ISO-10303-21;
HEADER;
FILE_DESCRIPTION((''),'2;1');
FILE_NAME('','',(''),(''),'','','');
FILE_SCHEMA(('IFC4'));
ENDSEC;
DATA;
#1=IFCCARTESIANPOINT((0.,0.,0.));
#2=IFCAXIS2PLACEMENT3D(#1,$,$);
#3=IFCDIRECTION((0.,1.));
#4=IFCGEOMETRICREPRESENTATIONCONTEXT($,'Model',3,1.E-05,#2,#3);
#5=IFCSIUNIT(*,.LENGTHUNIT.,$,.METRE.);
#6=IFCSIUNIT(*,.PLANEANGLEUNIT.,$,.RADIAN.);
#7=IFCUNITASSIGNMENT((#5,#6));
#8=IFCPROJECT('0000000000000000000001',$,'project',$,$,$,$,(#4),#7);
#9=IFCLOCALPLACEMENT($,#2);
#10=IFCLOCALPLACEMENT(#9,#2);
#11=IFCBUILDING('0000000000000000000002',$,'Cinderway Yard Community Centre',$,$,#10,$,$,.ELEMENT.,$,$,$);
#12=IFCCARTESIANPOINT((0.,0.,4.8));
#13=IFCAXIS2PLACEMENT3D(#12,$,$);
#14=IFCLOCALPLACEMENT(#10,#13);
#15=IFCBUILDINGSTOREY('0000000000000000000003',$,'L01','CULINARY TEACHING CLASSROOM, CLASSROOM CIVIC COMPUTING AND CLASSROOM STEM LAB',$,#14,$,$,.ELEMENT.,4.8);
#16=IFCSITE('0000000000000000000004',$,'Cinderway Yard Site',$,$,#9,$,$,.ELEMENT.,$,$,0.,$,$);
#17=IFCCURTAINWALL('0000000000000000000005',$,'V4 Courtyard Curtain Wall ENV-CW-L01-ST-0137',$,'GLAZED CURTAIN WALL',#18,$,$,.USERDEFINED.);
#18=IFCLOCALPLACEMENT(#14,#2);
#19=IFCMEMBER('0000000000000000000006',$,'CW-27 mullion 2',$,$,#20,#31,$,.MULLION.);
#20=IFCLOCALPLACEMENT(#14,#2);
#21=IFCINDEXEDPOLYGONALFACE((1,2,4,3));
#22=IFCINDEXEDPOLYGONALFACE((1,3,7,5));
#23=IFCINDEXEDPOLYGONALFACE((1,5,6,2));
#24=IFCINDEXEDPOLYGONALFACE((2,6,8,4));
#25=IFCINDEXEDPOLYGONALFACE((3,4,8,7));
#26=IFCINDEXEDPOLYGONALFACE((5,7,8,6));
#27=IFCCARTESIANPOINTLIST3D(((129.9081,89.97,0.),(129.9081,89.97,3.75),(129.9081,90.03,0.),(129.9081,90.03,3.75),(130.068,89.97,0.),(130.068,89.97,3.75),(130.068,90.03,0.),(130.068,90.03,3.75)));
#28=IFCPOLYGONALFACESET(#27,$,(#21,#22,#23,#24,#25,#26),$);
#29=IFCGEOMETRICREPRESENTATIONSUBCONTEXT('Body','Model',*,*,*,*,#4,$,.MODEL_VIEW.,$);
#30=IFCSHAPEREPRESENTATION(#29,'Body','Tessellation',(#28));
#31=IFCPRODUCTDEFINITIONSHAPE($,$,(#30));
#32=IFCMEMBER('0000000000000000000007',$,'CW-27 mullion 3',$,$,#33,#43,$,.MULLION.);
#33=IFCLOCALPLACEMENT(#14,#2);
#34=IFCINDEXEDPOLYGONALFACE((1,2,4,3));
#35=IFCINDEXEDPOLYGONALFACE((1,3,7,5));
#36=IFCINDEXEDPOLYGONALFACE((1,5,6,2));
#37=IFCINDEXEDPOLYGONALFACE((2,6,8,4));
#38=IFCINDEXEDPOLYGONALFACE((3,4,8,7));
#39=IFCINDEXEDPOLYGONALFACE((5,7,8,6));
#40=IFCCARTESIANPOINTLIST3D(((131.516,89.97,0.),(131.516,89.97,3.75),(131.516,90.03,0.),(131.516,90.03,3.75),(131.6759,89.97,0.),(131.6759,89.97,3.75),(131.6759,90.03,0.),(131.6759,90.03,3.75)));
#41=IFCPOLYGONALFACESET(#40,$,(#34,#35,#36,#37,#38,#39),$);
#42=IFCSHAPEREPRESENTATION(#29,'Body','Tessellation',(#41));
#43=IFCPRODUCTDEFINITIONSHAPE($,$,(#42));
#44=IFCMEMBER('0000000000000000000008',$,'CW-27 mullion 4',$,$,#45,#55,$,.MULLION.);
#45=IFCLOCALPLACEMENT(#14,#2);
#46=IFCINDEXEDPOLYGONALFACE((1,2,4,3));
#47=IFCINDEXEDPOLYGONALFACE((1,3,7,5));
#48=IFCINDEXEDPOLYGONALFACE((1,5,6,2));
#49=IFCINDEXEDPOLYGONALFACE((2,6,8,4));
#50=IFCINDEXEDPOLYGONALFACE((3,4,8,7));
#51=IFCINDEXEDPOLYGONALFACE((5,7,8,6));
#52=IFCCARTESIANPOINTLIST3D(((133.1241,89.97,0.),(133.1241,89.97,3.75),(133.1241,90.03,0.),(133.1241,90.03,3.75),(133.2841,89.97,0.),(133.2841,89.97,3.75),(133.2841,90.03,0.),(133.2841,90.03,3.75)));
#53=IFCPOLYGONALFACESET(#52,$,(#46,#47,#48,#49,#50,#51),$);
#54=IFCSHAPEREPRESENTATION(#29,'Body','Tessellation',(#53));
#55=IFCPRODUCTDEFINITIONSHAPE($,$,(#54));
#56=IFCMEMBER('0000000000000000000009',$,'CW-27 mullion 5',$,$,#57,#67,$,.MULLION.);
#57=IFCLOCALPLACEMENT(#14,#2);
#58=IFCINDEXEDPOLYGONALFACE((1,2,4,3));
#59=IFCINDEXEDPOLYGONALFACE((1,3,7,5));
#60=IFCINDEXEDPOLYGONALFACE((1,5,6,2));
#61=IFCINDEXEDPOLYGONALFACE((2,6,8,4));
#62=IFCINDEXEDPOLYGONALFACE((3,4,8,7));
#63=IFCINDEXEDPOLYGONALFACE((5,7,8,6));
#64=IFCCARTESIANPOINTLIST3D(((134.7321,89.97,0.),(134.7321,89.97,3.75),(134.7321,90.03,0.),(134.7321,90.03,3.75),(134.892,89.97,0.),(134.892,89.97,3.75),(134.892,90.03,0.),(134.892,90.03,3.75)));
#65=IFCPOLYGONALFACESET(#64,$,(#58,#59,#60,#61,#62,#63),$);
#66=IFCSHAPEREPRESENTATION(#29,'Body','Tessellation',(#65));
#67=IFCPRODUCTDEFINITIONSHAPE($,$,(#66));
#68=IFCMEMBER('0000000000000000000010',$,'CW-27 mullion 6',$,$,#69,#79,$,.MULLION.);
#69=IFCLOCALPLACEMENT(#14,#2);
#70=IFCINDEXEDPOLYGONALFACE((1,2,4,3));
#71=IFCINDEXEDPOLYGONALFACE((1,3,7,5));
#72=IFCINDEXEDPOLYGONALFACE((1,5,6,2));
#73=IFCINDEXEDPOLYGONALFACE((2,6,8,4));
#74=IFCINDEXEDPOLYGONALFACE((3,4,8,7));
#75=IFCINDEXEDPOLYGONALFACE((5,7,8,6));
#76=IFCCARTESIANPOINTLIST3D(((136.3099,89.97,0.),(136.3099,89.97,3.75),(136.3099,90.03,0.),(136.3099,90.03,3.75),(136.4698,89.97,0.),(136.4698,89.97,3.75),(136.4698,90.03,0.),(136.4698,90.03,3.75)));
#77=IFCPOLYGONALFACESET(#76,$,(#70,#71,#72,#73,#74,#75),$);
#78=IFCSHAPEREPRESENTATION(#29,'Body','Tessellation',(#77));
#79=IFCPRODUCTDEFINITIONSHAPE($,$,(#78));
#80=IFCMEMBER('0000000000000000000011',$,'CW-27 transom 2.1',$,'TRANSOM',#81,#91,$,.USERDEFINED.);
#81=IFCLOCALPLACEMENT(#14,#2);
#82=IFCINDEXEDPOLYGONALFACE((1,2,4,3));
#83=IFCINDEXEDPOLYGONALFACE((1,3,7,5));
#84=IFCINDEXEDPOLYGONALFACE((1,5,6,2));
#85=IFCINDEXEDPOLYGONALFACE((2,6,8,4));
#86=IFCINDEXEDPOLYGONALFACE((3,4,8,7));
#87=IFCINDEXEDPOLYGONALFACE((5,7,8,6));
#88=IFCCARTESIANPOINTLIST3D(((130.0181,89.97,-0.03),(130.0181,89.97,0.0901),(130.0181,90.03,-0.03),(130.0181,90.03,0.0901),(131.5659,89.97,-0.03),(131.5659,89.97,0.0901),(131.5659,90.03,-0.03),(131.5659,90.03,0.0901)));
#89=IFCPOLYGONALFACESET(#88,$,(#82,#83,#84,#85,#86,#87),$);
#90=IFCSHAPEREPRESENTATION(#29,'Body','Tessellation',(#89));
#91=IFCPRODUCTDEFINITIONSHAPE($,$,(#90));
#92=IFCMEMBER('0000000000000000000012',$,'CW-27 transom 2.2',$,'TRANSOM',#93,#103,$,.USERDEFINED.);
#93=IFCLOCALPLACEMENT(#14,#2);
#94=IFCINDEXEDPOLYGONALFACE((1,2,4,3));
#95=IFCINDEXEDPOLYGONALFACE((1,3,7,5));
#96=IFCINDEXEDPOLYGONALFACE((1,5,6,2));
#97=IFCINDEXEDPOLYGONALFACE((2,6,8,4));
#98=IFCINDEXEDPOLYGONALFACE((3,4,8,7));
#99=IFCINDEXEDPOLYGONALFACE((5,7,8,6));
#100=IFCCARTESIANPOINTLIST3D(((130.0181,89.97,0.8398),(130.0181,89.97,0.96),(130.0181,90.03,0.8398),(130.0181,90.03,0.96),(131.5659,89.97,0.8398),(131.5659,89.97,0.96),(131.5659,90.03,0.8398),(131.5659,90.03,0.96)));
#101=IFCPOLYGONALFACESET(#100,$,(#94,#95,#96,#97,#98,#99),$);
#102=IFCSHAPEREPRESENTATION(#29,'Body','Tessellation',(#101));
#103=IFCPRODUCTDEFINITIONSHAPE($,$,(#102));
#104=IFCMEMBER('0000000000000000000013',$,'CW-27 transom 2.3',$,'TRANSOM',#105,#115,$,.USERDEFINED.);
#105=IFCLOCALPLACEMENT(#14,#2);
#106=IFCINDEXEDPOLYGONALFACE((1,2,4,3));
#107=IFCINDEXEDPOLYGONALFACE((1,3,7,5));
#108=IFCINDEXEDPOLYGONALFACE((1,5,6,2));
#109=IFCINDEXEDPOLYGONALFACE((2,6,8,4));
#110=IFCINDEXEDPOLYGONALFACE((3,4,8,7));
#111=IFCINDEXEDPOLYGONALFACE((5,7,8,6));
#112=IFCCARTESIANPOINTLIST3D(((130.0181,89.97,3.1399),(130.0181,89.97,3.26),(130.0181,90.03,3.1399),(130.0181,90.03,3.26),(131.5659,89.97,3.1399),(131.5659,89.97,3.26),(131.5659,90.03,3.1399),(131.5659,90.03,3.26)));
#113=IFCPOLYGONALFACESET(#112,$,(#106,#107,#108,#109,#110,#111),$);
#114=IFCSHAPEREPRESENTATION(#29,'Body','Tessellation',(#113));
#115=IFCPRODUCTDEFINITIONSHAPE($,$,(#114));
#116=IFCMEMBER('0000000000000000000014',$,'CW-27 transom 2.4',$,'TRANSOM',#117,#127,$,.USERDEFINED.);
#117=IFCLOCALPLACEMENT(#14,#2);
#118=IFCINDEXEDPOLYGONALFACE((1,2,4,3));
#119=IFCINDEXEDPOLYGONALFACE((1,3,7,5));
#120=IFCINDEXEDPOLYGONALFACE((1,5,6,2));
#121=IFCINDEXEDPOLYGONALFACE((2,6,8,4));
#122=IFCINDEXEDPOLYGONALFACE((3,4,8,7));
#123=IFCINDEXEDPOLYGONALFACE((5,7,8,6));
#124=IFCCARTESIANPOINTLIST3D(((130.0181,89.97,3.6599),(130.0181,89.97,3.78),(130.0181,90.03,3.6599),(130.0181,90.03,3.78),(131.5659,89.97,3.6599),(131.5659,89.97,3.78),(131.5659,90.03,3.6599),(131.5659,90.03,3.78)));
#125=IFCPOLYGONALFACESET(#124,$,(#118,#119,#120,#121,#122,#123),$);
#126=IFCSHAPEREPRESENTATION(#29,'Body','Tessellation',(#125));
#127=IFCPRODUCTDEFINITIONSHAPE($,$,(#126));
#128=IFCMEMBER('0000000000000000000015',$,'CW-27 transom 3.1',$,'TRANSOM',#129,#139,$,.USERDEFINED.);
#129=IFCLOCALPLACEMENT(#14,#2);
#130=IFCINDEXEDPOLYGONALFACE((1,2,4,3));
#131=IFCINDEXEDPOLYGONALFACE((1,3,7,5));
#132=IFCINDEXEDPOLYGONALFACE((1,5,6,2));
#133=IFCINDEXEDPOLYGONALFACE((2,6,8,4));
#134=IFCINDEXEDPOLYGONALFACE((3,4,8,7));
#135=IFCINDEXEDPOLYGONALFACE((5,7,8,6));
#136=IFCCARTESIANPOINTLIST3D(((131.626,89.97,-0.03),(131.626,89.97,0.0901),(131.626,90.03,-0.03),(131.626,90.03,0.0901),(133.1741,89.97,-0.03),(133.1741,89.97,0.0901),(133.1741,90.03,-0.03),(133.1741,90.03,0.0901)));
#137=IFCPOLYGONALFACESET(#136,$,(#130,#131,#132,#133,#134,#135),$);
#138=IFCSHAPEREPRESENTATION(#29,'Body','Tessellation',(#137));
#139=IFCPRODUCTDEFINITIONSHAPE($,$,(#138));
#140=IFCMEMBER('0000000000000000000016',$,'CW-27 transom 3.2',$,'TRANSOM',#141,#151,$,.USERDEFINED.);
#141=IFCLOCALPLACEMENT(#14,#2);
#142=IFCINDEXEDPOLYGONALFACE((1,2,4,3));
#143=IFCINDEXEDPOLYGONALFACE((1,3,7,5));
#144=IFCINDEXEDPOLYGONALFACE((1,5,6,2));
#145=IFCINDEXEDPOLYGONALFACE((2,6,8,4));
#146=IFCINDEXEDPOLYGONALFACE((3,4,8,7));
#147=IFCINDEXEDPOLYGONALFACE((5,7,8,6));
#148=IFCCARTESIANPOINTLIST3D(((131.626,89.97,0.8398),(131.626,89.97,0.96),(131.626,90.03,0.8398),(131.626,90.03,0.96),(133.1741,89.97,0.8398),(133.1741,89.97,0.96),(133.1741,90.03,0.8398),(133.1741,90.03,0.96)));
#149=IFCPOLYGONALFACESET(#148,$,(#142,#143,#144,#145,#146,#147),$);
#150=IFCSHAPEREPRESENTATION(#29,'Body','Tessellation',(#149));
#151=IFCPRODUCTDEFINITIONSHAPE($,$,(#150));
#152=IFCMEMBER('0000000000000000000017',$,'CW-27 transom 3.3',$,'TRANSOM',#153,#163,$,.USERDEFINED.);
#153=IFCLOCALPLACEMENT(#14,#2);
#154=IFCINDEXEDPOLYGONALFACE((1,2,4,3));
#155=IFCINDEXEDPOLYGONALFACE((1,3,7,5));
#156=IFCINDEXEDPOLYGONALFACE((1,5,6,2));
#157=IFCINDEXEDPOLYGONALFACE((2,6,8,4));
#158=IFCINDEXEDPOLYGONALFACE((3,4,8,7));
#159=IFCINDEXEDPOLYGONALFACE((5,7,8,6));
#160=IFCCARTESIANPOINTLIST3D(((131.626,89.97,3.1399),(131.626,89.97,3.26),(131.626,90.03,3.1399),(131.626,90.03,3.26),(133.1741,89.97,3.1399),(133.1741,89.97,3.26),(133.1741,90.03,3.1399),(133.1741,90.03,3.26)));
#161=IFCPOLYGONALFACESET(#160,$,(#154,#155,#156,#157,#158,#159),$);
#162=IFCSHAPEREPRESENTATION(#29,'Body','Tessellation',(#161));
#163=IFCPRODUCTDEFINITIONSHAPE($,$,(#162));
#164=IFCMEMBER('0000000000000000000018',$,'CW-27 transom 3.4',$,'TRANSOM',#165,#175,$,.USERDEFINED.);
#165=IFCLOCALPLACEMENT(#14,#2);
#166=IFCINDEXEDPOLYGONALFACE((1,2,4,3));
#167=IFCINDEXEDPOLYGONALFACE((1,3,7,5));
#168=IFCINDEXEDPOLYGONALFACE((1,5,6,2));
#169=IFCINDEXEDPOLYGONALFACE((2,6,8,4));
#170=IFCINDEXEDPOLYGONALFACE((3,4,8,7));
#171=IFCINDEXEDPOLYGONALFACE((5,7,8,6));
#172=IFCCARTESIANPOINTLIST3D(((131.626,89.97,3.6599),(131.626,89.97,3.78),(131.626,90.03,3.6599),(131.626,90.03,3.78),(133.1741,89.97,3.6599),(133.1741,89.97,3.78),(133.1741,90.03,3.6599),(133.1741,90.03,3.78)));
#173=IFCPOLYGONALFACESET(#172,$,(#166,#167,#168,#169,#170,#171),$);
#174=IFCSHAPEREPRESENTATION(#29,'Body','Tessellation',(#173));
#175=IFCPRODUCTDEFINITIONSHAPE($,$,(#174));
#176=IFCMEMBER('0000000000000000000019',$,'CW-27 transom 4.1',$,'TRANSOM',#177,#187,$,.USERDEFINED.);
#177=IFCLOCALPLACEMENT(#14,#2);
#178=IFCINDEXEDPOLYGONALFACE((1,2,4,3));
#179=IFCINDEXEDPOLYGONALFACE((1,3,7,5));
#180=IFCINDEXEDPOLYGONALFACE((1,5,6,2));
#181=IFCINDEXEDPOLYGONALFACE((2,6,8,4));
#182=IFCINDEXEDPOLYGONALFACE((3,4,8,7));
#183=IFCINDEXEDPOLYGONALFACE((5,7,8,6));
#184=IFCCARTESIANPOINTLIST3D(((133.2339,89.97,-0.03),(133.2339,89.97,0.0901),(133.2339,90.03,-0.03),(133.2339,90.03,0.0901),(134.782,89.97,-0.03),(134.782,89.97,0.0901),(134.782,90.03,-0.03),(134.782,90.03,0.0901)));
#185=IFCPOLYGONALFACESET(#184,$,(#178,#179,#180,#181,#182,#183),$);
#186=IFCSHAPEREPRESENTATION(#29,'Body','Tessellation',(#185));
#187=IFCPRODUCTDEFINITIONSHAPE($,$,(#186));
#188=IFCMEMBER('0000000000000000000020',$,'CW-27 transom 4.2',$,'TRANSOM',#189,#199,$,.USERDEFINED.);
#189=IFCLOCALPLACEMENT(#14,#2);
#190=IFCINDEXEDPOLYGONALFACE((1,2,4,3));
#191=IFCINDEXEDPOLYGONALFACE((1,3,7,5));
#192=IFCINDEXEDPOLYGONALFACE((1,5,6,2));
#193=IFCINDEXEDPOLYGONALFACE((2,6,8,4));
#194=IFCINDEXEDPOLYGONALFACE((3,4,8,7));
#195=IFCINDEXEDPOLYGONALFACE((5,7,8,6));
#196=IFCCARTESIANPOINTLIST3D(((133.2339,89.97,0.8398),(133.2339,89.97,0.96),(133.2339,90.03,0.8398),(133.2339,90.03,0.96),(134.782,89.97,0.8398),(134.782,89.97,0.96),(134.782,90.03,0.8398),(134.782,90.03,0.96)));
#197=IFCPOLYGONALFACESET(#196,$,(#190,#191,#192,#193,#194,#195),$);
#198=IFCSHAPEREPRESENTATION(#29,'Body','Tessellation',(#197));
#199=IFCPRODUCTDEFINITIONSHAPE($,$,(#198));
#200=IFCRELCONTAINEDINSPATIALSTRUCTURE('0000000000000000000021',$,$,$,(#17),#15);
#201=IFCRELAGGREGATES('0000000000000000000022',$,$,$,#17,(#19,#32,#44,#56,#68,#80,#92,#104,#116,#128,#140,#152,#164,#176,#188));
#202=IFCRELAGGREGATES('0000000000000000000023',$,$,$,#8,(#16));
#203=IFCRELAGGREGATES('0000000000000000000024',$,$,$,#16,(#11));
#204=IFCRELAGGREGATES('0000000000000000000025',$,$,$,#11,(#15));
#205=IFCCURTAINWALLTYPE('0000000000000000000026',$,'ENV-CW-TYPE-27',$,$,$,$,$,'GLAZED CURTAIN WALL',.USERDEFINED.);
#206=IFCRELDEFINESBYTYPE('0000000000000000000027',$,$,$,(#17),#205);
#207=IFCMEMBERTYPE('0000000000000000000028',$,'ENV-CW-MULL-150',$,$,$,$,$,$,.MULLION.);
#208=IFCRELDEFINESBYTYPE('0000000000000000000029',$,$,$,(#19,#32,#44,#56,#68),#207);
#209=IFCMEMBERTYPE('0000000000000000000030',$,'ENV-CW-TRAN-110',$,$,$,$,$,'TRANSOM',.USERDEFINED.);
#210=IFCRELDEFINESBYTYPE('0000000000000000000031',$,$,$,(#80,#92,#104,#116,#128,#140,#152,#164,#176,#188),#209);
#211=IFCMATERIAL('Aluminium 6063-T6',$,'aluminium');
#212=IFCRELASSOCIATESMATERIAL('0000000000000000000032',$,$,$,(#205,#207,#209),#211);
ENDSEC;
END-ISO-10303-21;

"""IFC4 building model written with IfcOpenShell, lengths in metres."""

from ifc_helpers import new_model, si_unit, direction, frame, origin, origin_2d, place, context, subcontext, project, spatial, rectangle, extrude, material, material_profile, profile_set, type_object, element, aggregate, save


model = new_model("IFC4")

# Units and contexts
model_context = context("Model", 3, precision=1e-05, world=origin(), true_north=direction((0.0, 1.0)))
body_context = subcontext(model_context, "Body", "Model", "MODEL_VIEW")
ifc_project = project(units=[si_unit("LENGTHUNIT", "METRE"), si_unit("PLANEANGLEUNIT", "RADIAN")], contexts=[model_context])

# Site, building, storey
site_placement = place(None, origin())
site = spatial("IfcSite", under=ifc_project, at=site_placement, Name="Cinderway Yard Site", CompositionType="ELEMENT", RefElevation=0.0)
building_placement = place(site_placement, origin())
building = spatial("IfcBuilding", under=site, at=building_placement, Name="Cinderway Yard Community Centre", CompositionType="ELEMENT")
storey_placement = place(building_placement, frame((0.0, 0.0, 4.8)))
storey = spatial("IfcBuildingStorey", under=building, at=storey_placement, Name="L01", Description="CULINARY TEACHING CLASSROOM, CLASSROOM CIVIC COMPUTING AND CLASSROOM STEM LAB", CompositionType="ELEMENT", Elevation=4.8)

# Curtain wall, members
ifc_material_1 = material(Name="Aluminium 6063-T6", Category="aluminium")
curtain_wall_type = type_object("IfcCurtainWallType", Name="ENV-CW-TYPE-27", ElementType="GLAZED CURTAIN WALL", PredefinedType="USERDEFINED", material=ifc_material_1)
curtain_wall_placement = place(storey_placement, origin())
curtain_wall = element("IfcCurtainWall", 1, at=curtain_wall_placement, inside=storey, type_object=curtain_wall_type, Name="V4 Courtyard Curtain Wall ENV-CW-L01-ST-0137", ObjectType="GLAZED CURTAIN WALL", PredefinedType="USERDEFINED")
ifc_material_profile_1 = material_profile(ifc_material_1, rectangle(XDim=0.0601, YDim=0.1599, at=origin_2d()), Name="Aluminium 6063-T6")
ifc_profile_set_1 = profile_set([ifc_material_profile_1], Name="Aluminium 6063-T6")
member_type_1 = type_object("IfcMemberType", Name="ENV-CW-MULL-150", PredefinedType="MULLION", material=ifc_profile_set_1)
member_1_placement = place(storey_placement, frame((129.988, 90.0, 0.0), z_axis=(0.0, 0.0, 1.0), x_axis=(0.0, 1.0, 0.0)))
member_1 = element("IfcMember", 2, at=member_1_placement, type_object=member_type_1, Name="CW-27 mullion 2", PredefinedType="MULLION", context=body_context, shape_type="SweptSolid", body=[
    extrude(rectangle(XDim=0.0601, YDim=0.1599, at=origin_2d()), origin(), (0.0, 0.0, 1.0), 3.75),
])
member_2_placement = place(storey_placement, frame((131.5959, 90.0, 0.0), z_axis=(0.0, 0.0, 1.0), x_axis=(0.0, 1.0, 0.0)))
member_2 = element("IfcMember", 3, at=member_2_placement, type_object=member_type_1, Name="CW-27 mullion 3", PredefinedType="MULLION", context=body_context, shape_type="SweptSolid", body=[
    extrude(rectangle(XDim=0.0601, YDim=0.1599, at=origin_2d()), origin(), (0.0, 0.0, 1.0), 3.75),
])
member_3_placement = place(storey_placement, frame((133.2041, 90.0, 0.0), z_axis=(0.0, 0.0, 1.0), x_axis=(0.0, 1.0, 0.0)))
member_3 = element("IfcMember", 4, at=member_3_placement, type_object=member_type_1, Name="CW-27 mullion 4", PredefinedType="MULLION", context=body_context, shape_type="SweptSolid", body=[
    extrude(rectangle(XDim=0.0601, YDim=0.1599, at=origin_2d()), origin(), (0.0, 0.0, 1.0), 3.75),
])
member_4_placement = place(storey_placement, frame((134.812, 90.0, 0.0), z_axis=(0.0, 0.0, 1.0), x_axis=(0.0, 1.0, 0.0)))
member_4 = element("IfcMember", 5, at=member_4_placement, type_object=member_type_1, Name="CW-27 mullion 5", PredefinedType="MULLION", context=body_context, shape_type="SweptSolid", body=[
    extrude(rectangle(XDim=0.0601, YDim=0.1599, at=origin_2d()), origin(), (0.0, 0.0, 1.0), 3.75),
])
member_5_placement = place(storey_placement, frame((136.3899, 90.0, 0.0), z_axis=(0.0, 0.0, 1.0), x_axis=(0.0, 1.0, 0.0)))
member_5 = element("IfcMember", 6, at=member_5_placement, type_object=member_type_1, Name="CW-27 mullion 6", PredefinedType="MULLION", context=body_context, shape_type="SweptSolid", body=[
    extrude(rectangle(XDim=0.0601, YDim=0.1599, at=origin_2d()), origin(), (0.0, 0.0, 1.0), 3.75),
])
ifc_material_profile_2 = material_profile(ifc_material_1, rectangle(XDim=0.0601, YDim=0.1201, at=origin_2d()), Name="Aluminium 6063-T6")
ifc_profile_set_2 = profile_set([ifc_material_profile_2], Name="Aluminium 6063-T6")
member_type_2 = type_object("IfcMemberType", Name="ENV-CW-TRAN-110", ElementType="TRANSOM", PredefinedType="USERDEFINED", material=ifc_profile_set_2)
member_6_placement = place(storey_placement, frame((130.0181, 90.0, 0.03), z_axis=(1.0, 0.0, 0.0), x_axis=(0.0, 1.0, 0.0)))
member_6 = element("IfcMember", 7, at=member_6_placement, type_object=member_type_2, Name="CW-27 transom 2.1", ObjectType="TRANSOM", PredefinedType="USERDEFINED", context=body_context, shape_type="SweptSolid", body=[
    extrude(rectangle(XDim=0.0601, YDim=0.1201, at=origin_2d()), origin(), (0.0, 0.0, 1.0), 1.5479),
])
member_7_placement = place(storey_placement, frame((130.0181, 90.0, 0.8999), z_axis=(1.0, 0.0, 0.0), x_axis=(0.0, 1.0, 0.0)))
member_7 = element("IfcMember", 8, at=member_7_placement, type_object=member_type_2, Name="CW-27 transom 2.2", ObjectType="TRANSOM", PredefinedType="USERDEFINED", context=body_context, shape_type="SweptSolid", body=[
    extrude(rectangle(XDim=0.0601, YDim=0.1201, at=origin_2d()), origin(), (0.0, 0.0, 1.0), 1.5479),
])
member_8_placement = place(storey_placement, frame((130.0181, 90.0, 3.2), z_axis=(1.0, 0.0, 0.0), x_axis=(0.0, 1.0, 0.0)))
member_8 = element("IfcMember", 9, at=member_8_placement, type_object=member_type_2, Name="CW-27 transom 2.3", ObjectType="TRANSOM", PredefinedType="USERDEFINED", context=body_context, shape_type="SweptSolid", body=[
    extrude(rectangle(XDim=0.0601, YDim=0.1201, at=origin_2d()), origin(), (0.0, 0.0, 1.0), 1.5479),
])
member_9_placement = place(storey_placement, frame((130.0181, 90.0, 3.72), z_axis=(1.0, 0.0, 0.0), x_axis=(0.0, 1.0, 0.0)))
member_9 = element("IfcMember", 10, at=member_9_placement, type_object=member_type_2, Name="CW-27 transom 2.4", ObjectType="TRANSOM", PredefinedType="USERDEFINED", context=body_context, shape_type="SweptSolid", body=[
    extrude(rectangle(XDim=0.0601, YDim=0.1201, at=origin_2d()), origin(), (0.0, 0.0, 1.0), 1.5479),
])
member_10_placement = place(storey_placement, frame((131.626, 90.0, 0.03), z_axis=(1.0, 0.0, 0.0), x_axis=(0.0, 1.0, 0.0)))
member_10 = element("IfcMember", 11, at=member_10_placement, type_object=member_type_2, Name="CW-27 transom 3.1", ObjectType="TRANSOM", PredefinedType="USERDEFINED", context=body_context, shape_type="SweptSolid", body=[
    extrude(rectangle(XDim=0.0601, YDim=0.1201, at=origin_2d()), origin(), (0.0, 0.0, 1.0), 1.5481),
])
member_11_placement = place(storey_placement, frame((131.626, 90.0, 0.8999), z_axis=(1.0, 0.0, 0.0), x_axis=(0.0, 1.0, 0.0)))
member_11 = element("IfcMember", 12, at=member_11_placement, type_object=member_type_2, Name="CW-27 transom 3.2", ObjectType="TRANSOM", PredefinedType="USERDEFINED", context=body_context, shape_type="SweptSolid", body=[
    extrude(rectangle(XDim=0.0601, YDim=0.1201, at=origin_2d()), origin(), (0.0, 0.0, 1.0), 1.5481),
])
member_12_placement = place(storey_placement, frame((131.626, 90.0, 3.2), z_axis=(1.0, 0.0, 0.0), x_axis=(0.0, 1.0, 0.0)))
member_12 = element("IfcMember", 13, at=member_12_placement, type_object=member_type_2, Name="CW-27 transom 3.3", ObjectType="TRANSOM", PredefinedType="USERDEFINED", context=body_context, shape_type="SweptSolid", body=[
    extrude(rectangle(XDim=0.0601, YDim=0.1201, at=origin_2d()), origin(), (0.0, 0.0, 1.0), 1.5481),
])
member_13_placement = place(storey_placement, frame((131.626, 90.0, 3.72), z_axis=(1.0, 0.0, 0.0), x_axis=(0.0, 1.0, 0.0)))
member_13 = element("IfcMember", 14, at=member_13_placement, type_object=member_type_2, Name="CW-27 transom 3.4", ObjectType="TRANSOM", PredefinedType="USERDEFINED", context=body_context, shape_type="SweptSolid", body=[
    extrude(rectangle(XDim=0.0601, YDim=0.1201, at=origin_2d()), origin(), (0.0, 0.0, 1.0), 1.5481),
])
member_14_placement = place(storey_placement, frame((133.2339, 90.0, 0.03), z_axis=(1.0, 0.0, 0.0), x_axis=(0.0, 1.0, 0.0)))
member_14 = element("IfcMember", 15, at=member_14_placement, type_object=member_type_2, Name="CW-27 transom 4.1", ObjectType="TRANSOM", PredefinedType="USERDEFINED", context=body_context, shape_type="SweptSolid", body=[
    extrude(rectangle(XDim=0.0601, YDim=0.1201, at=origin_2d()), origin(), (0.0, 0.0, 1.0), 1.5481),
])
member_15_placement = place(storey_placement, frame((133.2339, 90.0, 0.8999), z_axis=(1.0, 0.0, 0.0), x_axis=(0.0, 1.0, 0.0)))
member_15 = element("IfcMember", 16, at=member_15_placement, type_object=member_type_2, Name="CW-27 transom 4.2", ObjectType="TRANSOM", PredefinedType="USERDEFINED", context=body_context, shape_type="SweptSolid", body=[
    extrude(rectangle(XDim=0.0601, YDim=0.1201, at=origin_2d()), origin(), (0.0, 0.0, 1.0), 1.5481),
])
aggregate(curtain_wall, [member_1, member_2, member_3, member_4, member_5, member_6, member_7, member_8, member_9, member_10, member_11, member_12, member_13, member_14, member_15])

save(model, "model.ifc")
